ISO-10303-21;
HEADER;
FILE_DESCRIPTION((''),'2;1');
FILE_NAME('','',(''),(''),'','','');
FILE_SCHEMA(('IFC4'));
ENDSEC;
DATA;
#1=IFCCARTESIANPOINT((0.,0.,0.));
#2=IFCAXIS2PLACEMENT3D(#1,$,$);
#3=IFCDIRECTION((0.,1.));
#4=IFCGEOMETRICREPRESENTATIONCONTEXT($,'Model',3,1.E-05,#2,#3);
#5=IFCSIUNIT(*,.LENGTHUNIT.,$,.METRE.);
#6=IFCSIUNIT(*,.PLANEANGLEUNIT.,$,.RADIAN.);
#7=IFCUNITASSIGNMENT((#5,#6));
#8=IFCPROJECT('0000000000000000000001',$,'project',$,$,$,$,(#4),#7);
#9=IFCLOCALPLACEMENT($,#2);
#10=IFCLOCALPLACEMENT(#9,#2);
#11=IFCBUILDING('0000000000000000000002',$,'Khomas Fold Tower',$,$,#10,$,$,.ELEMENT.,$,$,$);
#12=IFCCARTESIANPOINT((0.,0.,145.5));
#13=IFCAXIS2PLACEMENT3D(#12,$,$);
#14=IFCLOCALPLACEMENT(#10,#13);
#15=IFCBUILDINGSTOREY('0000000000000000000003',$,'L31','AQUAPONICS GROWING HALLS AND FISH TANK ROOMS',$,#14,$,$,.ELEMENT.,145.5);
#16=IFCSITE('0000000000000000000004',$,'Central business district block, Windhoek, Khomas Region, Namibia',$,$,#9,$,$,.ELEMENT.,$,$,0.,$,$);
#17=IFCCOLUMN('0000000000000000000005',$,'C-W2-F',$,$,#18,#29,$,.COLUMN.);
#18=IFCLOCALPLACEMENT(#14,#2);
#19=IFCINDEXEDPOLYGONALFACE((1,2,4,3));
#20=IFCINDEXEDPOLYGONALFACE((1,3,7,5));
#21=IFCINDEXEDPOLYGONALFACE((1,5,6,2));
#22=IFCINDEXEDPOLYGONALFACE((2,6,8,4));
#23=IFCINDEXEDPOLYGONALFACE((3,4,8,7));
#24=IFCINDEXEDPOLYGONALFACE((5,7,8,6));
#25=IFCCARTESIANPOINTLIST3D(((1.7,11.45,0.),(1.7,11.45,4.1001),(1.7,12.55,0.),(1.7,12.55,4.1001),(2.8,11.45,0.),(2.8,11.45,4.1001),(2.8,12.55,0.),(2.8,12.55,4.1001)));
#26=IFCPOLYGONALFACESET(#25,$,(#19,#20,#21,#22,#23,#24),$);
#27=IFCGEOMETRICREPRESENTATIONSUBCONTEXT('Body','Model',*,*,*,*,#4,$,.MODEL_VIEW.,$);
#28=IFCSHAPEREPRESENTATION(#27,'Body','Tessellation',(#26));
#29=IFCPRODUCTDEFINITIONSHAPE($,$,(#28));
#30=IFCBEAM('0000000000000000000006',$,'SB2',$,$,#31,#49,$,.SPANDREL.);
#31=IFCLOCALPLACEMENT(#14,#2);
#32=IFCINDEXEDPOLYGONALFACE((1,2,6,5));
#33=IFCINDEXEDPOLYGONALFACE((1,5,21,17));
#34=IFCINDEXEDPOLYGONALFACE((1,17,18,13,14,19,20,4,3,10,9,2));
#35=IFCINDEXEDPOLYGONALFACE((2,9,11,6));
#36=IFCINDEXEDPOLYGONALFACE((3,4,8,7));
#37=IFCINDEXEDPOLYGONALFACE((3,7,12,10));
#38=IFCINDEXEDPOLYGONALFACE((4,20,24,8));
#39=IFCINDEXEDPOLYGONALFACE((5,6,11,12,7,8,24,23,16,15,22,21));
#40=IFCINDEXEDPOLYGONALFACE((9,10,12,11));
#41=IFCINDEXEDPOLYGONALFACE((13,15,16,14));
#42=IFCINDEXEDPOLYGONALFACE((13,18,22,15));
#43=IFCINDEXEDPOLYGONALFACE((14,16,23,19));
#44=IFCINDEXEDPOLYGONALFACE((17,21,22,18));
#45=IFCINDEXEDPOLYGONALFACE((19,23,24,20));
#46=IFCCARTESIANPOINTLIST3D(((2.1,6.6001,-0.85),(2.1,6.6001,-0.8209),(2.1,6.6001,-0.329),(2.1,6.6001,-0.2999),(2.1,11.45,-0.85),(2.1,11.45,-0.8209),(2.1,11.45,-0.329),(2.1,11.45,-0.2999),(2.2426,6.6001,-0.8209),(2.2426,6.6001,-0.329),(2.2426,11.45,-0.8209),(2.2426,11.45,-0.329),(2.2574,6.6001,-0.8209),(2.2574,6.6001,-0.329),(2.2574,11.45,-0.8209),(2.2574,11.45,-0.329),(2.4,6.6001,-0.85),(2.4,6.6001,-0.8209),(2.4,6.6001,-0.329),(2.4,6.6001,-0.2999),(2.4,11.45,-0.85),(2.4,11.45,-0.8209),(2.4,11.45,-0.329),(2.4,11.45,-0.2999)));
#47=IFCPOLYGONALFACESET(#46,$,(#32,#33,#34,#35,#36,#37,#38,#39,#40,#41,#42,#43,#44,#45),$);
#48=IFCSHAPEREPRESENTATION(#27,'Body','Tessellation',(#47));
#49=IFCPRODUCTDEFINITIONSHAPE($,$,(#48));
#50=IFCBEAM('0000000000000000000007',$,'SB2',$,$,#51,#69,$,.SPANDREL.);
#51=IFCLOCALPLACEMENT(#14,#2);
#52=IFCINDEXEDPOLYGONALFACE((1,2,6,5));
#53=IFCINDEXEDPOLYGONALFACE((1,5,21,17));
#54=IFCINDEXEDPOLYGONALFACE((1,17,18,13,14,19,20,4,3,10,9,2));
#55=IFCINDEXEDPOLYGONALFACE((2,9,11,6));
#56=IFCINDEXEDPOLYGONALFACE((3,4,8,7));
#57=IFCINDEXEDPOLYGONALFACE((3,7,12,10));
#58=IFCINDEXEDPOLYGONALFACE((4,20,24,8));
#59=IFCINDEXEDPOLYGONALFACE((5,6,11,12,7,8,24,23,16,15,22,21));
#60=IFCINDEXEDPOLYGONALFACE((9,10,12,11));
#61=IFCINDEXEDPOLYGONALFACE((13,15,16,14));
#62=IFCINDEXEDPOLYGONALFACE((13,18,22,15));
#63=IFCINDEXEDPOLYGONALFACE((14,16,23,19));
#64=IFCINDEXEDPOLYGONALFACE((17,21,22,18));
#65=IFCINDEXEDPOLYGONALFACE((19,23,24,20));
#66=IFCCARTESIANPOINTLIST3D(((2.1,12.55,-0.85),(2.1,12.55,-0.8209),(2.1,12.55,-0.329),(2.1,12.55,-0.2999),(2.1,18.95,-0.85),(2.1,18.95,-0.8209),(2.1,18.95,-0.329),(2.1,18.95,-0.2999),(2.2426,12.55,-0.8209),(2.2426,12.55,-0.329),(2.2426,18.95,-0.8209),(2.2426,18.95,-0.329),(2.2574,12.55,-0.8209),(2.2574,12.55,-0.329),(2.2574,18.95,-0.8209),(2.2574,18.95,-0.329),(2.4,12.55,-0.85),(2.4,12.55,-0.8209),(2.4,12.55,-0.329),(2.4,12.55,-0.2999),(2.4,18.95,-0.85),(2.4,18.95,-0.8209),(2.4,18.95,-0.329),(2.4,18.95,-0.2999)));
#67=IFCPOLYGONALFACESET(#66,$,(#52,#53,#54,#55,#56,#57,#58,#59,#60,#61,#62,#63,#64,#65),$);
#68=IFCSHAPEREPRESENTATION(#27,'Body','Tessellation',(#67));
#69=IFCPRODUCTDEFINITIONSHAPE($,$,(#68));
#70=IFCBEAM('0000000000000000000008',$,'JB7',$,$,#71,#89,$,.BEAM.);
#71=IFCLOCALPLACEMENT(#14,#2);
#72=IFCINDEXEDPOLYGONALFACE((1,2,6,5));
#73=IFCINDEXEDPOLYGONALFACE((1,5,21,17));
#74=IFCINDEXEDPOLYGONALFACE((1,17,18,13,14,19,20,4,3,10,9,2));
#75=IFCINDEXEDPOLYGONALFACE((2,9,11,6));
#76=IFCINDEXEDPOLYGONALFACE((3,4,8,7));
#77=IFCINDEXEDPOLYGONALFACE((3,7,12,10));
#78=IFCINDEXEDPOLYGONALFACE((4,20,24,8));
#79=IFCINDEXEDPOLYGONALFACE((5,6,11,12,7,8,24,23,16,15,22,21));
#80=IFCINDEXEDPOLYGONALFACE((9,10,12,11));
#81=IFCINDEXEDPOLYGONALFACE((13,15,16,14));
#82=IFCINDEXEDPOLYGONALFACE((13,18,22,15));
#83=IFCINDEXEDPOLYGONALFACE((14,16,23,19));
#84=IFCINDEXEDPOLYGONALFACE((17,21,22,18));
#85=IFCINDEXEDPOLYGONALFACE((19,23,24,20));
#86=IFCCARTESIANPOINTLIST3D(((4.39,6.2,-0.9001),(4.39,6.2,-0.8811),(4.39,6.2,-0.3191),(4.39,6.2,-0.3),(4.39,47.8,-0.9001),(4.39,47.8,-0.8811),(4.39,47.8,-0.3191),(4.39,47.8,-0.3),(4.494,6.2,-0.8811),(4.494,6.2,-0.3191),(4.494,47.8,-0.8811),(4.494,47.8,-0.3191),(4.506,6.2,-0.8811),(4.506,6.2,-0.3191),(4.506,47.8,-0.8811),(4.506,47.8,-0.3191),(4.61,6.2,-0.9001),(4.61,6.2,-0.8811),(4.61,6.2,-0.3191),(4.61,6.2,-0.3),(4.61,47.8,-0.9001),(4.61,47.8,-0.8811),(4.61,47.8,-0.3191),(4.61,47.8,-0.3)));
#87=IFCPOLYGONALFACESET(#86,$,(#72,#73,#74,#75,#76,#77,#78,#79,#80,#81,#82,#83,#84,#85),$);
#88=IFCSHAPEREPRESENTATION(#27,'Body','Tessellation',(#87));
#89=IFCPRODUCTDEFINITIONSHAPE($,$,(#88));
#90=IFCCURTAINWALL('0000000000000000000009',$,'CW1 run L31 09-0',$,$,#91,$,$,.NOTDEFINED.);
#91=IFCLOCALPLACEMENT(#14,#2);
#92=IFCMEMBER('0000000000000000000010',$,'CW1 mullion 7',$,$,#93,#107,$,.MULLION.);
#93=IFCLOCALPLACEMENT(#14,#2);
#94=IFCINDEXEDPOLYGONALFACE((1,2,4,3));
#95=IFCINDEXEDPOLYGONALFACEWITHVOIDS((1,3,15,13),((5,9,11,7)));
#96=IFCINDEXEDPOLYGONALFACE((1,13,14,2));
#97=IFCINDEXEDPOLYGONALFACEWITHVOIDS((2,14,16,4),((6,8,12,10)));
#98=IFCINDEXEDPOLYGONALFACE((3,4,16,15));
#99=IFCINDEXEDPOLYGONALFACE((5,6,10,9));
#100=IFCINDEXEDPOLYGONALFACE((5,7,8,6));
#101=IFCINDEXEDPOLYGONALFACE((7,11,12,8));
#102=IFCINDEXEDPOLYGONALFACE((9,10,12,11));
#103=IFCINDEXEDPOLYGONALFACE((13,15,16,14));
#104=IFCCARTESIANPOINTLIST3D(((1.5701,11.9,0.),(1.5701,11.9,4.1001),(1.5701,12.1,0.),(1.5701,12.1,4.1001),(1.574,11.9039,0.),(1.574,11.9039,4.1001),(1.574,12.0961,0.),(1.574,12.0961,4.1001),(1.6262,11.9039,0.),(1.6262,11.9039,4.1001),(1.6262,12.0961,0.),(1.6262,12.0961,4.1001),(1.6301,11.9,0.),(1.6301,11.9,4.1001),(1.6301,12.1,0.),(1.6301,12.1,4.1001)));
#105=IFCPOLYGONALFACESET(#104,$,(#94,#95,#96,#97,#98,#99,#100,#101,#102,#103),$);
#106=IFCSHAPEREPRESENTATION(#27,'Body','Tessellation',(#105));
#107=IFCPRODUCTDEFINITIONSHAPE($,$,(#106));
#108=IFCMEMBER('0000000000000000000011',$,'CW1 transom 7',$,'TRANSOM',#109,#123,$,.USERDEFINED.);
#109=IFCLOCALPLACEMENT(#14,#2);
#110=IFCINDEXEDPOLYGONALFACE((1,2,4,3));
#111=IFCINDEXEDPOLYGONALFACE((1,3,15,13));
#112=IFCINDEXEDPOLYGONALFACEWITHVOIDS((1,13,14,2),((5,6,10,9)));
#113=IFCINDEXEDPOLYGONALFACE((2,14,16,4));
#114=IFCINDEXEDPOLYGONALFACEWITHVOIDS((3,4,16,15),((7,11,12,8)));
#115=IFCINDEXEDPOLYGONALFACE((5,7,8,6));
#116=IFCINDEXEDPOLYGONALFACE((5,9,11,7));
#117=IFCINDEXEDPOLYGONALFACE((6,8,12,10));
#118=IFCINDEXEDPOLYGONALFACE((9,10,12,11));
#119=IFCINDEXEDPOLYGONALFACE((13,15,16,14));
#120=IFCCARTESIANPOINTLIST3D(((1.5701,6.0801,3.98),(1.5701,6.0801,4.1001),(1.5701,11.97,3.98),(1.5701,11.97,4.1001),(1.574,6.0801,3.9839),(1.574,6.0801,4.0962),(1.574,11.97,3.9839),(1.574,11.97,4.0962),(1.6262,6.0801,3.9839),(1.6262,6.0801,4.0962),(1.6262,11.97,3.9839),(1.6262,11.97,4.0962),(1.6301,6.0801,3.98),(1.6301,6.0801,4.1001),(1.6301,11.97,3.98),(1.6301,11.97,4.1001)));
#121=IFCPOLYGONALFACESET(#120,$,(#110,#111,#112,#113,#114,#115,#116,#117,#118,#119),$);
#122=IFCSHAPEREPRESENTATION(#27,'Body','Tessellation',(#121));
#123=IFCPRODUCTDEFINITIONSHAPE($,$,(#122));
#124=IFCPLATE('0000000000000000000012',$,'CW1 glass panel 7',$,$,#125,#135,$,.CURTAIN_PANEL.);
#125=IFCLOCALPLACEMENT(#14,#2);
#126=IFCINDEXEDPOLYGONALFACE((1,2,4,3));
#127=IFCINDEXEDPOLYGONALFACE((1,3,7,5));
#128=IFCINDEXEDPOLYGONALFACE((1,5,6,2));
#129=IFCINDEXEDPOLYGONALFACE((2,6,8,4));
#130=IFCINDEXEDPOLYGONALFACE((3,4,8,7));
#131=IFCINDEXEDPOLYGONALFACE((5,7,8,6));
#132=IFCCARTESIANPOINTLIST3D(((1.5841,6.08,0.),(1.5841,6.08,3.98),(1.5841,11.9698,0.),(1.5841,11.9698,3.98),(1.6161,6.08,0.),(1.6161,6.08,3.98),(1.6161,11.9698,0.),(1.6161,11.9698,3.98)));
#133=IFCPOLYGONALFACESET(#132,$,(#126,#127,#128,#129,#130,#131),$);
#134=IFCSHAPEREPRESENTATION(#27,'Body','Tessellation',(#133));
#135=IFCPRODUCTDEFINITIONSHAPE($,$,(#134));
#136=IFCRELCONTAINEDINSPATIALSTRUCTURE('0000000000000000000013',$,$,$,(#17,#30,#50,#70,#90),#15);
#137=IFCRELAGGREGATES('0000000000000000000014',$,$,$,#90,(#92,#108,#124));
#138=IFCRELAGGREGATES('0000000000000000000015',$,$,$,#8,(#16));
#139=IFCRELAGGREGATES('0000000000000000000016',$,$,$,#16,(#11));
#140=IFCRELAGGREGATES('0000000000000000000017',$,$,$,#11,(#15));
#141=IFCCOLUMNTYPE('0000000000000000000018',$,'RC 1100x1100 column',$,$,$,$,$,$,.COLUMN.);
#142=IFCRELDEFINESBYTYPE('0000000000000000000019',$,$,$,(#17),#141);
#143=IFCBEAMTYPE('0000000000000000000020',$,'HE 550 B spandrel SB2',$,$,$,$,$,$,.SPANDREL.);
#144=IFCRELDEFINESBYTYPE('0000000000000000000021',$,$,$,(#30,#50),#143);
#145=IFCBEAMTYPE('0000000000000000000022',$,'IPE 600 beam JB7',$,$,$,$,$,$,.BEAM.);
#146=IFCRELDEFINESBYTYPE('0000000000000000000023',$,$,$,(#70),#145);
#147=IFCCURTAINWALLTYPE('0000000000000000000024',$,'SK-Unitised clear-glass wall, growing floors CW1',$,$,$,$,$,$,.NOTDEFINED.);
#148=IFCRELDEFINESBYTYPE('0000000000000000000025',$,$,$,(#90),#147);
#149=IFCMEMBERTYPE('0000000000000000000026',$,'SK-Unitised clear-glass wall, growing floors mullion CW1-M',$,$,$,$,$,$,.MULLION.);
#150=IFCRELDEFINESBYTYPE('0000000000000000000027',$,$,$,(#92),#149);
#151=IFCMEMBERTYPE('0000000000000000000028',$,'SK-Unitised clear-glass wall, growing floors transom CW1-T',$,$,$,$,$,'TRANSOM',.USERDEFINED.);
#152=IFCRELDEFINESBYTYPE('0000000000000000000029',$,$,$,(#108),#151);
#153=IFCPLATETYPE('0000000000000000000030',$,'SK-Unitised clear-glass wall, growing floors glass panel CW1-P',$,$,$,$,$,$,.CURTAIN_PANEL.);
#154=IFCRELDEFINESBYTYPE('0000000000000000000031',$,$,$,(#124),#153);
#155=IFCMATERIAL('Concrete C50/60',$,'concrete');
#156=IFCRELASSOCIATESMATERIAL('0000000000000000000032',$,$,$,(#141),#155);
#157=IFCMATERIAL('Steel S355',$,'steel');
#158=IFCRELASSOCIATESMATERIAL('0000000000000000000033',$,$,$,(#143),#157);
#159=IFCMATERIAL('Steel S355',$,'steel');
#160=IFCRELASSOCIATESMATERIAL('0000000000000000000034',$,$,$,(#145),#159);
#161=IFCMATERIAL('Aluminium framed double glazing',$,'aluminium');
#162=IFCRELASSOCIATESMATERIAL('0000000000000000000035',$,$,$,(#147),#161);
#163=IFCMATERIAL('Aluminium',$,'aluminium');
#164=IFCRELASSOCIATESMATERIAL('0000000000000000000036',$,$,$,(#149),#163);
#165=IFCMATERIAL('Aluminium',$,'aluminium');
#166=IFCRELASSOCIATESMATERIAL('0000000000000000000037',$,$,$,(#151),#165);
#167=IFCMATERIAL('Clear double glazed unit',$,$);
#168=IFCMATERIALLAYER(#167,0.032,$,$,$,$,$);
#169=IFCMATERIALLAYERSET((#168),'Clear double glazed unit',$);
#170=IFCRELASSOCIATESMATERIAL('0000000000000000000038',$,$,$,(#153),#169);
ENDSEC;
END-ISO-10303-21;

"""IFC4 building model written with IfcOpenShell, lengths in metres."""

from ifc_helpers import new_model, si_unit, direction, frame, origin, origin_2d, place, context, subcontext, project, spatial, rectangle, hollow_rectangle, i_section, extrude, source, transform, mapped, material, layer, layer_set, material_profile, profile_set, type_object, element, aggregate, save


model = new_model("IFC4")

# Units and contexts
model_context = context("Model", 3, precision=1e-05, world=origin(), true_north=direction((0.0, 1.0)))
body_context = subcontext(model_context, "Body", "Model", "MODEL_VIEW")
ifc_project = project(units=[si_unit("LENGTHUNIT", "METRE"), si_unit("PLANEANGLEUNIT", "RADIAN")], contexts=[model_context])

# Site, building, storey
site_placement = place(None, origin())
site = spatial("IfcSite", under=ifc_project, at=site_placement, Name="Central business district block, Windhoek, Khomas Region, Namibia", CompositionType="ELEMENT", RefElevation=0.0)
building_placement = place(site_placement, origin())
building = spatial("IfcBuilding", under=site, at=building_placement, Name="Khomas Fold Tower", CompositionType="ELEMENT")
storey_placement = place(building_placement, frame((0.0, 0.0, 145.5)))
storey = spatial("IfcBuildingStorey", under=building, at=storey_placement, Name="L31", Description="AQUAPONICS GROWING HALLS AND FISH TANK ROOMS", CompositionType="ELEMENT", Elevation=145.5)

# Column
ifc_material_1 = material(Name="Concrete C50/60", Category="concrete")
ifc_material_profile_1 = material_profile(ifc_material_1, rectangle(XDim=1.1001, YDim=1.1001, at=origin_2d()), Name="RC 1100x1100")
ifc_profile_set_1 = profile_set([ifc_material_profile_1], Name="Concrete C50/60")
column_type = type_object("IfcColumnType", Name="RC 1100x1100 column", PredefinedType="COLUMN", material=ifc_profile_set_1)
shared_shape_1 = source(origin(), body_context, "Body", "SweptSolid", [
    extrude(rectangle(XDim=1.1001, YDim=1.1001, at=origin_2d()), origin(), (0.0, 0.0, 1.0), 4.1001),
])
column_placement = place(storey_placement, frame((2.25, 12.0, 0.0), z_axis=(0.0, 0.0, 1.0), x_axis=(1.0, 0.0, 0.0)))
element("IfcColumn", 1, at=column_placement, inside=storey, type_object=column_type, Name="C-W2-F", PredefinedType="COLUMN", context=body_context, shape_type="MappedRepresentation", body=[
    mapped(shared_shape_1, transform((0.0, 0.0, 0.0))),
])

# Beams
ifc_material_2 = material(Name="Steel S355", Category="steel")
ifc_material_profile_2 = material_profile(ifc_material_2, i_section(OverallWidth=0.3, OverallDepth=0.55, WebThickness=0.0149, FlangeThickness=0.0291, at=origin_2d()), Name="HE 550 B")
ifc_profile_set_2 = profile_set([ifc_material_profile_2], Name="Steel S355")
beam_type_1 = type_object("IfcBeamType", Name="HE 550 B spandrel SB2", PredefinedType="SPANDREL", material=ifc_profile_set_2)
shared_shape_2 = source(origin(), body_context, "Body", "SweptSolid", [
    extrude(i_section(OverallWidth=0.3, OverallDepth=0.55, WebThickness=0.0149, FlangeThickness=0.0291, at=origin_2d()), origin(), (0.0, 0.0, 1.0), 4.8499),
])
beam_1_placement = place(storey_placement, frame((2.25, 6.6001, -0.575), z_axis=(0.0, 1.0, 0.0), x_axis=(-1.0, 0.0, 0.0)))
element("IfcBeam", 2, at=beam_1_placement, inside=storey, type_object=beam_type_1, Name="SB2", PredefinedType="SPANDREL", context=body_context, shape_type="MappedRepresentation", body=[
    mapped(shared_shape_2, transform((0.0, 0.0, 0.0))),
])
shared_shape_3 = source(origin(), body_context, "Body", "SweptSolid", [
    extrude(i_section(OverallWidth=0.3, OverallDepth=0.55, WebThickness=0.0149, FlangeThickness=0.0291, at=origin_2d()), origin(), (0.0, 0.0, 1.0), 6.3999),
])
beam_2_placement = place(storey_placement, frame((2.25, 12.55, -0.575), z_axis=(0.0, 1.0, 0.0), x_axis=(-1.0, 0.0, 0.0)))
element("IfcBeam", 3, at=beam_2_placement, inside=storey, type_object=beam_type_1, Name="SB2", PredefinedType="SPANDREL", context=body_context, shape_type="MappedRepresentation", body=[
    mapped(shared_shape_3, transform((0.0, 0.0, 0.0))),
])
ifc_material_3 = material(Name="Steel S355", Category="steel")
ifc_material_profile_3 = material_profile(ifc_material_3, i_section(OverallWidth=0.22, OverallDepth=0.6001, WebThickness=0.012, FlangeThickness=0.019, at=origin_2d()), Name="IPE 600")
ifc_profile_set_3 = profile_set([ifc_material_profile_3], Name="Steel S355")
beam_type_2 = type_object("IfcBeamType", Name="IPE 600 beam JB7", PredefinedType="BEAM", material=ifc_profile_set_3)
shared_shape_4 = source(origin(), body_context, "Body", "SweptSolid", [
    extrude(i_section(OverallWidth=0.22, OverallDepth=0.6001, WebThickness=0.012, FlangeThickness=0.019, at=origin_2d()), origin(), (0.0, 0.0, 1.0), 41.6001),
])
beam_3_placement = place(storey_placement, frame((4.5, 6.2, -0.6001), z_axis=(0.0, 1.0, 0.0), x_axis=(-1.0, 0.0, 0.0)))
element("IfcBeam", 4, at=beam_3_placement, inside=storey, type_object=beam_type_2, Name="JB7", PredefinedType="BEAM", context=body_context, shape_type="MappedRepresentation", body=[
    mapped(shared_shape_4, transform((0.0, 0.0, 0.0))),
])

# Curtain wall, members, plate
ifc_material_4 = material(Name="Aluminium framed double glazing", Category="aluminium")
curtain_wall_type = type_object("IfcCurtainWallType", Name="SK-Unitised clear-glass wall, growing floors CW1", PredefinedType="NOTDEFINED", material=ifc_material_4)
curtain_wall_placement = place(storey_placement, origin())
curtain_wall = element("IfcCurtainWall", 5, at=curtain_wall_placement, inside=storey, type_object=curtain_wall_type, Name="CW1 run L31 09-0", PredefinedType="NOTDEFINED")
ifc_material_5 = material(Name="Aluminium", Category="aluminium")
ifc_material_profile_4 = material_profile(ifc_material_5, hollow_rectangle(XDim=0.0601, YDim=0.2, WallThickness=0.0039, at=origin_2d()), Name="SK-Unitised clear-glass wall, growing floors mullion CW1-M")
ifc_profile_set_4 = profile_set([ifc_material_profile_4], Name="Aluminium")
member_type_1 = type_object("IfcMemberType", Name="SK-Unitised clear-glass wall, growing floors mullion CW1-M", PredefinedType="MULLION", material=ifc_profile_set_4)
shared_shape_5 = source(origin(), body_context, "Body", "SweptSolid", [
    extrude(hollow_rectangle(XDim=0.0601, YDim=0.2, WallThickness=0.0039, at=origin_2d()), origin(), (0.0, 0.0, 1.0), 4.1001),
])
member_1_placement = place(storey_placement, frame((1.6001, 12.0, 0.0), z_axis=(0.0, 0.0, 1.0), x_axis=(1.0, 0.0, 0.0)))
member_1 = element("IfcMember", 6, at=member_1_placement, type_object=member_type_1, Name="CW1 mullion 7", PredefinedType="MULLION", context=body_context, shape_type="MappedRepresentation", body=[
    mapped(shared_shape_5, transform((0.0, 0.0, 0.0))),
])
ifc_material_6 = material(Name="Aluminium", Category="aluminium")
ifc_material_profile_5 = material_profile(ifc_material_6, hollow_rectangle(XDim=0.0601, YDim=0.1201, WallThickness=0.0039, at=origin_2d()), Name="SK-Unitised clear-glass wall, growing floors transom CW1-T")
ifc_profile_set_5 = profile_set([ifc_material_profile_5], Name="Aluminium")
member_type_2 = type_object("IfcMemberType", Name="SK-Unitised clear-glass wall, growing floors transom CW1-T", ElementType="TRANSOM", PredefinedType="USERDEFINED", material=ifc_profile_set_5)
shared_shape_6 = source(origin(), body_context, "Body", "SweptSolid", [
    extrude(hollow_rectangle(XDim=0.0601, YDim=0.1201, WallThickness=0.0039, at=origin_2d()), origin(), (0.0, 0.0, 1.0), 5.8899),
])
member_2_placement = place(storey_placement, frame((1.6001, 11.97, 4.04), z_axis=(0.0, -1.0, 0.0), x_axis=(1.0, 0.0, 0.0)))
member_2 = element("IfcMember", 7, at=member_2_placement, type_object=member_type_2, Name="CW1 transom 7", ObjectType="TRANSOM", PredefinedType="USERDEFINED", context=body_context, shape_type="MappedRepresentation", body=[
    mapped(shared_shape_6, transform((0.0, 0.0, 0.0))),
])
ifc_material_7 = material(Name="Clear double glazed unit")
ifc_layer_1 = layer(ifc_material_7, 0.032)
ifc_layer_set_1 = layer_set([ifc_layer_1], Name="Clear double glazed unit")
plate_type = type_object("IfcPlateType", Name="SK-Unitised clear-glass wall, growing floors glass panel CW1-P", PredefinedType="CURTAIN_PANEL", material=ifc_layer_set_1)
shared_shape_7 = source(origin(), body_context, "Body", "SweptSolid", [
    extrude(rectangle(XDim=5.8899, YDim=0.032, at=origin_2d()), origin(), (0.0, 0.0, 1.0), 3.98),
])
plate_placement = place(storey_placement, frame((1.6001, 9.0249, 0.0), z_axis=(0.0, 0.0, 1.0), x_axis=(0.0, -1.0, 0.0)))
plate = element("IfcPlate", 8, at=plate_placement, type_object=plate_type, Name="CW1 glass panel 7", PredefinedType="CURTAIN_PANEL", context=body_context, shape_type="MappedRepresentation", body=[
    mapped(shared_shape_7, transform((0.0, 0.0, 0.0))),
])
aggregate(curtain_wall, [member_1, member_2, plate])

save(model, "model.ifc")
